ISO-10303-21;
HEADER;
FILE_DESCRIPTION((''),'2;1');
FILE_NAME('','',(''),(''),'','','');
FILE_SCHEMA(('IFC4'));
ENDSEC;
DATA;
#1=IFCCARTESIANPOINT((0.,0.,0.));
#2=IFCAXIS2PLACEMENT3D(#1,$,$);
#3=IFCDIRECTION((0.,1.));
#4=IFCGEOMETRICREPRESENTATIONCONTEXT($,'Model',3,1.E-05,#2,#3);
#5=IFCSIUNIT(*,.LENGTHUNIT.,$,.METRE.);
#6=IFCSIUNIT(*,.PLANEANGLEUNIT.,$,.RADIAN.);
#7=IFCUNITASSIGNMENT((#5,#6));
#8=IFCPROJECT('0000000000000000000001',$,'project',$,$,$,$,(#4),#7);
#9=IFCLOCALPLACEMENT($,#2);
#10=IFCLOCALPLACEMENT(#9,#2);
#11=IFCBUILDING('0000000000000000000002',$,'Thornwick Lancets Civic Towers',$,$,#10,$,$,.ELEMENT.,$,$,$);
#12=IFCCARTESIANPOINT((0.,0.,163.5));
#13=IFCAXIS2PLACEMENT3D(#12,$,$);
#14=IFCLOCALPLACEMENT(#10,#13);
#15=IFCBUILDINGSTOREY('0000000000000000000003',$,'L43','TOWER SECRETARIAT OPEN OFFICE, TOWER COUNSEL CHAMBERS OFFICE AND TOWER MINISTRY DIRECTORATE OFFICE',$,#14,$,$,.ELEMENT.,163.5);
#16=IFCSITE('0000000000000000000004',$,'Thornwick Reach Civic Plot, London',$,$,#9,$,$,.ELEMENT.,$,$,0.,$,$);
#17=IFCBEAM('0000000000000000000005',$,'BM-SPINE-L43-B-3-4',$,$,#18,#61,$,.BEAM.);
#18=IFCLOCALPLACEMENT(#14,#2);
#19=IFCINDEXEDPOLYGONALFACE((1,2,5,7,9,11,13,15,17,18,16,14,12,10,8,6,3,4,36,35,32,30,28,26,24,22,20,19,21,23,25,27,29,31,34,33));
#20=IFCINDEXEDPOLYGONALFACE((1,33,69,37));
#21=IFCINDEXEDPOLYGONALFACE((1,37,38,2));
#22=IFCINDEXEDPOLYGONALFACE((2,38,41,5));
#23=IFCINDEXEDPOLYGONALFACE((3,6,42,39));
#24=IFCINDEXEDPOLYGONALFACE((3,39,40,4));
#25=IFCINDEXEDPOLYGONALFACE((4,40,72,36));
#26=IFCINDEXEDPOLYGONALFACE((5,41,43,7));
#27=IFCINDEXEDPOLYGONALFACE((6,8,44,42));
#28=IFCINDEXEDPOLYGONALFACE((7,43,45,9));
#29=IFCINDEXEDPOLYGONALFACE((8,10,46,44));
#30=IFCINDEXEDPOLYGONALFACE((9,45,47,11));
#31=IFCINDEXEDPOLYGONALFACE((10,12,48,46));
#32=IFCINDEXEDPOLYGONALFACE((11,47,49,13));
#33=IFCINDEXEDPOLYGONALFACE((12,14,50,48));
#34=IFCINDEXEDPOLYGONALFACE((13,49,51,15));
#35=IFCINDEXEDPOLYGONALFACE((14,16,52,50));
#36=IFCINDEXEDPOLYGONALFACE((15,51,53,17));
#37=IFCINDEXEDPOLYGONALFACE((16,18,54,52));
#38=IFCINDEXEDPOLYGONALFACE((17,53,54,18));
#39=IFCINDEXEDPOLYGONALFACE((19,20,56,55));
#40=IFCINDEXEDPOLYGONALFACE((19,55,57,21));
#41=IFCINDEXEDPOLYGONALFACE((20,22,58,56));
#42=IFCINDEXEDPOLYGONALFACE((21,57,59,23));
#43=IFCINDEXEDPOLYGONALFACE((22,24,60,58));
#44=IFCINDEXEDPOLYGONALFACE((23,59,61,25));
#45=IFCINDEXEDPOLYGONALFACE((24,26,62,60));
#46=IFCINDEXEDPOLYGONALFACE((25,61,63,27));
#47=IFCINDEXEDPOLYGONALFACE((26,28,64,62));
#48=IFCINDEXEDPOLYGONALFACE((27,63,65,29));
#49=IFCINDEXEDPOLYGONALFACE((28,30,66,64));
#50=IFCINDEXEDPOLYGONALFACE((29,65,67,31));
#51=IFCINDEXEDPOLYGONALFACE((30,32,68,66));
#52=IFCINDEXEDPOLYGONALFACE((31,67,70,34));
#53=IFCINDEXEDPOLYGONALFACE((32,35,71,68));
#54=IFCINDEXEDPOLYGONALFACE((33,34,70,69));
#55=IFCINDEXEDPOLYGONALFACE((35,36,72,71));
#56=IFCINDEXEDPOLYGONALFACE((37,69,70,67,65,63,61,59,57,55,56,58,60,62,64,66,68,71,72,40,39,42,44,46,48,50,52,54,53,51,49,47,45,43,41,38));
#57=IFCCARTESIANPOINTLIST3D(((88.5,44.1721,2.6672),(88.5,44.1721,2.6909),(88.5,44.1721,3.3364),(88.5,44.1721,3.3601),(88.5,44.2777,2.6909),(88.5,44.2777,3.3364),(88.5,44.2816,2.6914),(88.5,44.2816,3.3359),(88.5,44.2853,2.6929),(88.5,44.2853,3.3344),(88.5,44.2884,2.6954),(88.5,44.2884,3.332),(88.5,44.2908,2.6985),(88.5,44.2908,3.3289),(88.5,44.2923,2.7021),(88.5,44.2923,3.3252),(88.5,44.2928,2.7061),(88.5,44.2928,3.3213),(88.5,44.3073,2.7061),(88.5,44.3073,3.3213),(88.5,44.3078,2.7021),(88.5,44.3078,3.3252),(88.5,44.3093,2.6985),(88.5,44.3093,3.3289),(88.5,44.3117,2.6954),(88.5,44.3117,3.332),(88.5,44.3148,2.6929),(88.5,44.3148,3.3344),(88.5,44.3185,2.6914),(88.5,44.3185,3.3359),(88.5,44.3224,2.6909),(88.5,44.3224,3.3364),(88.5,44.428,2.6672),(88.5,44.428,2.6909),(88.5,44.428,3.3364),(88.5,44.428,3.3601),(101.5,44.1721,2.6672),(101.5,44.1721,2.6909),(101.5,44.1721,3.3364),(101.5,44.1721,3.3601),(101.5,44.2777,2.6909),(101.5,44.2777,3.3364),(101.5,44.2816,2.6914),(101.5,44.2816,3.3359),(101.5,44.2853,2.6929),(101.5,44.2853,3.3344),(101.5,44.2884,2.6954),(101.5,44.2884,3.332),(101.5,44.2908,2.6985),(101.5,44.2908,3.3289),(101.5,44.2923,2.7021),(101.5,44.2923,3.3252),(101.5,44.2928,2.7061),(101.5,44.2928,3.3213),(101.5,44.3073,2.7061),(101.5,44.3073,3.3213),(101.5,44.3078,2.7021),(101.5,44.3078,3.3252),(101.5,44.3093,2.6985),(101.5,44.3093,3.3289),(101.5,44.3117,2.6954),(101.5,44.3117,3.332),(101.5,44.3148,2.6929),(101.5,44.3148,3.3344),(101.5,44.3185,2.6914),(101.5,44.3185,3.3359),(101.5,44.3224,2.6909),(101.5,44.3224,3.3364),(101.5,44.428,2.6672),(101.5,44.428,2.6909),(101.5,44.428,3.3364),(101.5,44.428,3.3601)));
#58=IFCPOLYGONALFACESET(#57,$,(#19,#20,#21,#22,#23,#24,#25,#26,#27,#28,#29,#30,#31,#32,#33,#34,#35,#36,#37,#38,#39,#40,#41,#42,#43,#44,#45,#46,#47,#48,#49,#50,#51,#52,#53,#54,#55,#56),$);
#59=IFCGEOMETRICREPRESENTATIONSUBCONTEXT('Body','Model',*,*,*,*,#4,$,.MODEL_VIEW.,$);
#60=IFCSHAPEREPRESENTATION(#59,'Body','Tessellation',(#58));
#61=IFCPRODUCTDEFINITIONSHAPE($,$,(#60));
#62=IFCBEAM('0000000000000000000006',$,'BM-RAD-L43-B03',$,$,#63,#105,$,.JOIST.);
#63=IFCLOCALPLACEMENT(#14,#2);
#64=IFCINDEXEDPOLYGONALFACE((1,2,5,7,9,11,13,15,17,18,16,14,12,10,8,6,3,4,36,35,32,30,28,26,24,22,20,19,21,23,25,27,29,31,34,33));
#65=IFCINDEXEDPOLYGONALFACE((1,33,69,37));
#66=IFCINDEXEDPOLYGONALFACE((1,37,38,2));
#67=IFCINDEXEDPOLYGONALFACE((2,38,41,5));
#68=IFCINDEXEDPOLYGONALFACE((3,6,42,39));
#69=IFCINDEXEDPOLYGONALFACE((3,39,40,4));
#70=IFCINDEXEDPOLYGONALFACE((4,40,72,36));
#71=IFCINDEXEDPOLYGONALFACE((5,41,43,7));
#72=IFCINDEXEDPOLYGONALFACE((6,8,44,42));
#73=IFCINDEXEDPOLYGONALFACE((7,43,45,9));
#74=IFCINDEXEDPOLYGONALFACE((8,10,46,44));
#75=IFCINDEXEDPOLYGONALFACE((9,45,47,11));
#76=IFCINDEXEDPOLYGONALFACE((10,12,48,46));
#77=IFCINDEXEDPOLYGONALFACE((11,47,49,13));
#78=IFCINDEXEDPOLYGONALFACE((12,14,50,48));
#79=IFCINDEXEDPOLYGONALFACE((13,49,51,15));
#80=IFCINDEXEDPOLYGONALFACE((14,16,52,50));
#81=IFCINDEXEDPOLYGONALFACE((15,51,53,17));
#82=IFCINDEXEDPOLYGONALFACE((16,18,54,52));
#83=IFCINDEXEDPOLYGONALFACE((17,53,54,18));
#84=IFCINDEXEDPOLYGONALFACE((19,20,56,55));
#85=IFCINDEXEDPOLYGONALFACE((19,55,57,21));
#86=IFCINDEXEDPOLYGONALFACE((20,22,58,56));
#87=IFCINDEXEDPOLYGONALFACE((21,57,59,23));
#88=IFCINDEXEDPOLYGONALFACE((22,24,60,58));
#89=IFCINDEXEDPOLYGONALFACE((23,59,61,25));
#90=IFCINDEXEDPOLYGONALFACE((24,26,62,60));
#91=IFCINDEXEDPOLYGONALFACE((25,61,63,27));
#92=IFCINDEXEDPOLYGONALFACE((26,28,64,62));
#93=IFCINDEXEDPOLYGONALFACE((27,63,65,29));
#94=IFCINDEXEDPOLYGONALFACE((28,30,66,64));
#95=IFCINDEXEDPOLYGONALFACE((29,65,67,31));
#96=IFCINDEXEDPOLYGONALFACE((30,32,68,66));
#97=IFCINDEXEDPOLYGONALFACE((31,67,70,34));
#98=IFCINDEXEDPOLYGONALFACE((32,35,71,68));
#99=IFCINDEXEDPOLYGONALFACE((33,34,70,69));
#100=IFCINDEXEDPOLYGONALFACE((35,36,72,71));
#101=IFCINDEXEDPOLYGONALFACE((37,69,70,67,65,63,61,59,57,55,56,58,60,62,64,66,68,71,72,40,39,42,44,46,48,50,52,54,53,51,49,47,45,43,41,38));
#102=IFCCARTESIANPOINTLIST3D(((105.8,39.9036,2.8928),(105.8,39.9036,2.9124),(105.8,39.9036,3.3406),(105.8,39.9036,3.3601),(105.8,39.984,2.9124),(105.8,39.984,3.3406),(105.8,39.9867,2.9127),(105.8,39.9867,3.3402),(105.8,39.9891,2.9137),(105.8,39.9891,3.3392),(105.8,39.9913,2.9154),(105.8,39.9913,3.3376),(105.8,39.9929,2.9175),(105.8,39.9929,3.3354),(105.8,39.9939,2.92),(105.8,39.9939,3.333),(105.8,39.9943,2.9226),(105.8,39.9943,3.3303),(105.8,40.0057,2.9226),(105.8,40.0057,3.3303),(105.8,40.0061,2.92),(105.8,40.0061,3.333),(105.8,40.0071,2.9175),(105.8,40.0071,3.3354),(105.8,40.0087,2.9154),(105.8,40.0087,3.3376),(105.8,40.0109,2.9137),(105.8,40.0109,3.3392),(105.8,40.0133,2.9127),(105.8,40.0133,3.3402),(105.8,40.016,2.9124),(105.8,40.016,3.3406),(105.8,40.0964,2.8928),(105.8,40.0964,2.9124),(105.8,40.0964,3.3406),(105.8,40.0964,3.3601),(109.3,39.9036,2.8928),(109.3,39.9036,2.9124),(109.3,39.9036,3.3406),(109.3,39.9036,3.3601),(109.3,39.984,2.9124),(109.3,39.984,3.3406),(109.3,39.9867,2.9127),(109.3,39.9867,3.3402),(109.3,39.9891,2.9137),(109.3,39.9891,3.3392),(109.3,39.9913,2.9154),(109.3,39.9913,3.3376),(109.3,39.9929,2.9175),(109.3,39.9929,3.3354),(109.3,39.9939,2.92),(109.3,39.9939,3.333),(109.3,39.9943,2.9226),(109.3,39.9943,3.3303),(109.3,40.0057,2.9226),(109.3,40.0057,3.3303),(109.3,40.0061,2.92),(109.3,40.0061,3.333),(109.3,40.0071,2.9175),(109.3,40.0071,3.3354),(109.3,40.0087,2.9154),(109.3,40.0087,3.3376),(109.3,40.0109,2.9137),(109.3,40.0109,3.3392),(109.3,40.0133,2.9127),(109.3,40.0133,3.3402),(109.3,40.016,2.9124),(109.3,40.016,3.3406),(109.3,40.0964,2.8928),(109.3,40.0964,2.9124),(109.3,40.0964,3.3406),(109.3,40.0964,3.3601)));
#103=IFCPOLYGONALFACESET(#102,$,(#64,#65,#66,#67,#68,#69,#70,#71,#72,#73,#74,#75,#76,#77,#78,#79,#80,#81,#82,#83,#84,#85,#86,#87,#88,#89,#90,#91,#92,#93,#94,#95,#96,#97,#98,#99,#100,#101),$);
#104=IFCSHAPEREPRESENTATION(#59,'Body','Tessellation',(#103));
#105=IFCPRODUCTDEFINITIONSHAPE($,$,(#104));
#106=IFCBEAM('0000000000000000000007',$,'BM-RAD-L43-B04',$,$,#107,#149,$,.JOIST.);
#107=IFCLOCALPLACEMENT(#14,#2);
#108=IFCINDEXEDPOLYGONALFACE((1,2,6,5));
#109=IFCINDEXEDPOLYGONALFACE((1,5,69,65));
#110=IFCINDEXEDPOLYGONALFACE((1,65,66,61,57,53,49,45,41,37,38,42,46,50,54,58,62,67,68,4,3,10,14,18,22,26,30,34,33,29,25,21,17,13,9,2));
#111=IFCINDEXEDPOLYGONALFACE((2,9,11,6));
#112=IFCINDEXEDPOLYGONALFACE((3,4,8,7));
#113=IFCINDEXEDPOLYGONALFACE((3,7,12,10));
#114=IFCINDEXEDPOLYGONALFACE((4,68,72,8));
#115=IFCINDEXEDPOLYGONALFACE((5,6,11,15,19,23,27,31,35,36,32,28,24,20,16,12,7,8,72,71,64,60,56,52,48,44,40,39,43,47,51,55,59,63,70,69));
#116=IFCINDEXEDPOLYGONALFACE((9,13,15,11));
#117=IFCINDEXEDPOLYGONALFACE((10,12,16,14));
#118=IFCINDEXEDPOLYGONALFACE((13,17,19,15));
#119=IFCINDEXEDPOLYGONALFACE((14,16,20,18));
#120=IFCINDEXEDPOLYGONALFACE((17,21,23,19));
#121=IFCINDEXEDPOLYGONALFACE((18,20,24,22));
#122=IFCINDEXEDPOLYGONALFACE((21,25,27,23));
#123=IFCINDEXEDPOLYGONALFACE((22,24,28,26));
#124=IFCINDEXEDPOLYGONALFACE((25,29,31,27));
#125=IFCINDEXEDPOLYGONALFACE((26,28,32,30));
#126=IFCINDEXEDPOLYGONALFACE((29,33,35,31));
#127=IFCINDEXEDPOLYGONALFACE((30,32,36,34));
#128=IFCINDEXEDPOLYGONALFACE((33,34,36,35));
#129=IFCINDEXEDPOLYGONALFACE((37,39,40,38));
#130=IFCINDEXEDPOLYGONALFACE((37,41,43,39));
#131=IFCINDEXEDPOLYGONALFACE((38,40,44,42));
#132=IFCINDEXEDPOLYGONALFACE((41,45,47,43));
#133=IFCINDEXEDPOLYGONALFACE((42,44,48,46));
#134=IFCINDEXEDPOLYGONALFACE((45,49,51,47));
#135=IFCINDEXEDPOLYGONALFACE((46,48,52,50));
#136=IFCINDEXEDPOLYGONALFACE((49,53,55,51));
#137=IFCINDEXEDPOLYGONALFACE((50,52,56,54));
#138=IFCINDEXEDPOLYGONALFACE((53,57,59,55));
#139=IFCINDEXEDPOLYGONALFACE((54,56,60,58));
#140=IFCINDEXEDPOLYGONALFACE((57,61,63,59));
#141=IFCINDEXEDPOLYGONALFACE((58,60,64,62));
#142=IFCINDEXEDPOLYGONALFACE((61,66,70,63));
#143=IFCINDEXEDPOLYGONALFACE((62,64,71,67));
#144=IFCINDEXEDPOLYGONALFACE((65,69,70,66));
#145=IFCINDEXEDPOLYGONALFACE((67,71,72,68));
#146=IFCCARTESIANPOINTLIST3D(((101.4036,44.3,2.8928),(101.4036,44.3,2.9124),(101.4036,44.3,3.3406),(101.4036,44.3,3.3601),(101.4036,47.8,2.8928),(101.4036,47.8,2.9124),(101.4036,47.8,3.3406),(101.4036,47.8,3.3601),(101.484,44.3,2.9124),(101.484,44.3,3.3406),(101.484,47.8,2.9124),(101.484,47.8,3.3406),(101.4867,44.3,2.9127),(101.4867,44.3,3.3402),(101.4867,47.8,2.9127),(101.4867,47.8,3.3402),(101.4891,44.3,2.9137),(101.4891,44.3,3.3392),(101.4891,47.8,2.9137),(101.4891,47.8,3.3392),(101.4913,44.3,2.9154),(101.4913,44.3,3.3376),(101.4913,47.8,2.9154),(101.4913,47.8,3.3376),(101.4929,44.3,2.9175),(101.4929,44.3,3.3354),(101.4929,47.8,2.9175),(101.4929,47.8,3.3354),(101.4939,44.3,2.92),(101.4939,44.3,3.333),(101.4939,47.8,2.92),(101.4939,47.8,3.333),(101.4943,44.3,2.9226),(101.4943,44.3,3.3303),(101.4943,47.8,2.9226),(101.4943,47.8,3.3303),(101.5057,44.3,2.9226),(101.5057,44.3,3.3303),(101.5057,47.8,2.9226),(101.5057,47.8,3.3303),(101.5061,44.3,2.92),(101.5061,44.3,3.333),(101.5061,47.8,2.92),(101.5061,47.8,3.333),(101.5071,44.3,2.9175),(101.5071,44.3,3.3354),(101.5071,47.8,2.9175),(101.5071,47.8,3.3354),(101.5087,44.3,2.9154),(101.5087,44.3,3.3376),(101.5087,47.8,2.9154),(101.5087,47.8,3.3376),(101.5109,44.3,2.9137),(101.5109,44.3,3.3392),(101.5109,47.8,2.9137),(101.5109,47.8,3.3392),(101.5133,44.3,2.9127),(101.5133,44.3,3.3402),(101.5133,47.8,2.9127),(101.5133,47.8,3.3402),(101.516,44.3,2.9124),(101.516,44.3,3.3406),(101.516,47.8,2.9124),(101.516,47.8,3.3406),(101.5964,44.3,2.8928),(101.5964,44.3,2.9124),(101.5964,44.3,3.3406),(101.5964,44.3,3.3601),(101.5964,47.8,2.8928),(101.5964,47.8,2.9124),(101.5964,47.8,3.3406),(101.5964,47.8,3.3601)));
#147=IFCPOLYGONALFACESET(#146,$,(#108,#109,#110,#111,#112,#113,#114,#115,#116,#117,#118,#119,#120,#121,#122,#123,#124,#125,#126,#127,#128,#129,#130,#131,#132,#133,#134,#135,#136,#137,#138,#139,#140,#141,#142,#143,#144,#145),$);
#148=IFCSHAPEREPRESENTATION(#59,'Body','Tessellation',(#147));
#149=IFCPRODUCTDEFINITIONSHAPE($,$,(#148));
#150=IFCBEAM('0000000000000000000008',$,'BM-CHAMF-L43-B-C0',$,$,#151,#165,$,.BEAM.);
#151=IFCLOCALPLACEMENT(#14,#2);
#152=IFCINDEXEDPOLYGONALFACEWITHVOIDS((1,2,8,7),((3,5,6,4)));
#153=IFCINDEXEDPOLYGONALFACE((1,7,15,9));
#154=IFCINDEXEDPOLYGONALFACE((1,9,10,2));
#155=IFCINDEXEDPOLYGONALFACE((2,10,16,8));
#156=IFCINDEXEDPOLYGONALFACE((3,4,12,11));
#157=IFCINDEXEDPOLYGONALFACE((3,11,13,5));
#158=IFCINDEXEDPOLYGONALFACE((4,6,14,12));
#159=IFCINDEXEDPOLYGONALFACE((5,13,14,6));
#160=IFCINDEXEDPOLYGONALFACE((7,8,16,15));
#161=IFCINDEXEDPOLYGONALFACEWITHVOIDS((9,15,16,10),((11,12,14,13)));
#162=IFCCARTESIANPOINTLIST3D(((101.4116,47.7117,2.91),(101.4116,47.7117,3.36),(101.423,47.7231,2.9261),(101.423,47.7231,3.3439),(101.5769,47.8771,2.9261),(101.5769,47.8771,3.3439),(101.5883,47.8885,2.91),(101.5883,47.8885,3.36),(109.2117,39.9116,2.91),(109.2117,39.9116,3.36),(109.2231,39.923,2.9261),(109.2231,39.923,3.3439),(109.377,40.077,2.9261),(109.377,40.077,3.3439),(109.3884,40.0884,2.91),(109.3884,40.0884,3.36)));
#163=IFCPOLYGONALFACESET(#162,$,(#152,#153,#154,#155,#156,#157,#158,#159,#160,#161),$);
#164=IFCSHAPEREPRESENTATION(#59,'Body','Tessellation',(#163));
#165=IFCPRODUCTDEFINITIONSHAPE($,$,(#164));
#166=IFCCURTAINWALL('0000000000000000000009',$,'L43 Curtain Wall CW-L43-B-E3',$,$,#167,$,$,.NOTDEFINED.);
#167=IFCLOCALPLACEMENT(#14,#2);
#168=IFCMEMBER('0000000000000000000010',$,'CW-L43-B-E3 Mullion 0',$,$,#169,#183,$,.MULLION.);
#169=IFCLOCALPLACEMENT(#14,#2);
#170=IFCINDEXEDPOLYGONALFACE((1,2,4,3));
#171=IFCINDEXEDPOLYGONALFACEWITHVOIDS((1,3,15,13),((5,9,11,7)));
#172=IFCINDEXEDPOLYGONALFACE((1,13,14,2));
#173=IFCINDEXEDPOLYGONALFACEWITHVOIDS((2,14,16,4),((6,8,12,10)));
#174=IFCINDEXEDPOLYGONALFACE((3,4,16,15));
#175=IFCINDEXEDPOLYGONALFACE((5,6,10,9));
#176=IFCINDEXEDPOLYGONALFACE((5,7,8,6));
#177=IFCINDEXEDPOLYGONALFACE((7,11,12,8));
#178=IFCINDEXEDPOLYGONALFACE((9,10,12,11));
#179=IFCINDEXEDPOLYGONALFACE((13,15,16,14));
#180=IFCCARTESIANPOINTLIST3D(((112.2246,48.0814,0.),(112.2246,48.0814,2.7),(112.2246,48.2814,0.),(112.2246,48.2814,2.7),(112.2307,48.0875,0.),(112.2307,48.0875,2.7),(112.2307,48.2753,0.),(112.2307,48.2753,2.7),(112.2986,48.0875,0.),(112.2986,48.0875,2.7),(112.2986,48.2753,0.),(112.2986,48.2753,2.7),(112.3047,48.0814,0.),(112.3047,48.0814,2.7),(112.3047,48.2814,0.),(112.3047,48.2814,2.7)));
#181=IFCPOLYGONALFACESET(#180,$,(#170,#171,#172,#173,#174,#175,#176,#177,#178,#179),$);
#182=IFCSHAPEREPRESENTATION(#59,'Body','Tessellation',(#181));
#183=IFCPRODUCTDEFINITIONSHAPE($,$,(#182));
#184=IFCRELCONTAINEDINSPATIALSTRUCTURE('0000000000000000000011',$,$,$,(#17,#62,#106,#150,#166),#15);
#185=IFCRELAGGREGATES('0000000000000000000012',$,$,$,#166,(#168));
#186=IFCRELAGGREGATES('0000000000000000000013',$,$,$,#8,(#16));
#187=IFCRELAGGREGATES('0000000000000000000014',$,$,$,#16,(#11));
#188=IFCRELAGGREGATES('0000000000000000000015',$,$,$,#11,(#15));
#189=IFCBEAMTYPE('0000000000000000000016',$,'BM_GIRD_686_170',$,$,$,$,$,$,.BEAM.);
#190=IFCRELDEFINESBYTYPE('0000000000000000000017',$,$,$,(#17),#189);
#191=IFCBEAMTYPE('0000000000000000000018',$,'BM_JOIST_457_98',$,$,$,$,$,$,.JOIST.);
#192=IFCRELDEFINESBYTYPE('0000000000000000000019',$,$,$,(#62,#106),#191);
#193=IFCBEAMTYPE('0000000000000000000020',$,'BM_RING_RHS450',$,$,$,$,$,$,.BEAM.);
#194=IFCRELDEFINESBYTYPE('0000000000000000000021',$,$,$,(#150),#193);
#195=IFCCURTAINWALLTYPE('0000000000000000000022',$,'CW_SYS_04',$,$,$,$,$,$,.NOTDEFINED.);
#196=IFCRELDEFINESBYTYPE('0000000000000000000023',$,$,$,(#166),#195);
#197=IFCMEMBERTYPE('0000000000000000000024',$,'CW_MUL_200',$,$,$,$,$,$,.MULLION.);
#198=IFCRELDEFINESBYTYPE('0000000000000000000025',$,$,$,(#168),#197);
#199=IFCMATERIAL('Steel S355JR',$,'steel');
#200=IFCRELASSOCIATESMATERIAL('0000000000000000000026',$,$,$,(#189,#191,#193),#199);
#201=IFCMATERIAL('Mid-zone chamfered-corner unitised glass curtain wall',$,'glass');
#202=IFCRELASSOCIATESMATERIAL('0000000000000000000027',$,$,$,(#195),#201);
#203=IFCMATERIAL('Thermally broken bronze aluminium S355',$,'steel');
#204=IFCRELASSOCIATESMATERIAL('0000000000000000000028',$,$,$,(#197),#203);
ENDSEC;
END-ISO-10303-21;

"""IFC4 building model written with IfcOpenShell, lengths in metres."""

from ifc_helpers import new_model, si_unit, direction, frame, origin, origin_2d, place, context, subcontext, project, spatial, hollow_rectangle, i_section, extrude, material, material_profile, profile_set, type_object, element, aggregate, save


model = new_model("IFC4")

# Units and contexts
model_context = context("Model", 3, precision=1e-05, world=origin(), true_north=direction((0.0, 1.0)))
body_context = subcontext(model_context, "Body", "Model", "MODEL_VIEW")
ifc_project = project(units=[si_unit("LENGTHUNIT", "METRE"), si_unit("PLANEANGLEUNIT", "RADIAN")], contexts=[model_context])

# Site, building, storey
site_placement = place(None, origin())
site = spatial("IfcSite", under=ifc_project, at=site_placement, Name="Thornwick Reach Civic Plot, London", CompositionType="ELEMENT", RefElevation=0.0)
building_placement = place(site_placement, origin())
building = spatial("IfcBuilding", under=site, at=building_placement, Name="Thornwick Lancets Civic Towers", CompositionType="ELEMENT")
storey_placement = place(building_placement, frame((0.0, 0.0, 163.5)))
storey = spatial("IfcBuildingStorey", under=building, at=storey_placement, Name="L43", Description="TOWER SECRETARIAT OPEN OFFICE, TOWER COUNSEL CHAMBERS OFFICE AND TOWER MINISTRY DIRECTORATE OFFICE", CompositionType="ELEMENT", Elevation=163.5)

# Beams
ifc_material_1 = material(Name="Steel S355JR", Category="steel")
ifc_material_profile_1 = material_profile(ifc_material_1, i_section(OverallWidth=0.2559, OverallDepth=0.6929, WebThickness=0.0144, FlangeThickness=0.0237, FilletRadius=0.0151, at=origin_2d()), Name="UKB 686x254x170")
ifc_profile_set_1 = profile_set([ifc_material_profile_1], Name="Steel S355JR")
beam_type_1 = type_object("IfcBeamType", Name="BM_GIRD_686_170", PredefinedType="BEAM", material=ifc_profile_set_1)
beam_1_placement = place(storey_placement, frame((101.5, 44.3, 3.0137), z_axis=(-1.0, 0.0, 0.0), x_axis=(0.0, -1.0, 0.0)))
element("IfcBeam", 1, at=beam_1_placement, inside=storey, type_object=beam_type_1, Name="BM-SPINE-L43-B-3-4", PredefinedType="BEAM", context=body_context, shape_type="SweptSolid", body=[
    extrude(i_section(OverallWidth=0.2559, OverallDepth=0.6929, WebThickness=0.0144, FlangeThickness=0.0237, FilletRadius=0.0151, at=origin_2d()), origin(), (0.0, 0.0, 1.0), 13.0),
])
ifc_material_profile_2 = material_profile(ifc_material_1, i_section(OverallWidth=0.1929, OverallDepth=0.4673, WebThickness=0.0115, FlangeThickness=0.0195, FilletRadius=0.0103, at=origin_2d()), Name="UKB 457x191x98")
ifc_profile_set_2 = profile_set([ifc_material_profile_2], Name="Steel S355JR")
beam_type_2 = type_object("IfcBeamType", Name="BM_JOIST_457_98", PredefinedType="JOIST", material=ifc_profile_set_2)
for number, where, z_axis, x_axis, name in (
    (2, (105.8, 40.0, 3.1265), (1.0, 0.0, 0.0), (0.0, 1.0, 0.0), "BM-RAD-L43-B03"),
    (3, (101.5, 44.3, 3.1265), (0.0, 1.0, 0.0), (-1.0, 0.0, 0.0), "BM-RAD-L43-B04"),
):
    element("IfcBeam", number, at=place(storey_placement, frame(where, z_axis=z_axis, x_axis=x_axis)), inside=storey, type_object=beam_type_2, Name=name, PredefinedType="JOIST", context=body_context, shape_type="SweptSolid", body=[
        extrude(i_section(OverallWidth=0.1929, OverallDepth=0.4673, WebThickness=0.0115, FlangeThickness=0.0195, FilletRadius=0.0103, at=origin_2d()), origin(), (0.0, 0.0, 1.0), 3.5),
    ])
ifc_material_profile_3 = material_profile(ifc_material_1, hollow_rectangle(XDim=0.25, YDim=0.45, WallThickness=0.0161, at=origin_2d()), Name="RHS 450x250x16")
ifc_profile_set_3 = profile_set([ifc_material_profile_3], Name="Steel S355JR")
beam_type_3 = type_object("IfcBeamType", Name="BM_RING_RHS450", PredefinedType="BEAM", material=ifc_profile_set_3)
beam_2_placement = place(storey_placement, frame((109.3, 40.0, 3.135), z_axis=(-0.707107, 0.707107, 0.0), x_axis=(-0.707107, -0.707107, 0.0)))
element("IfcBeam", 4, at=beam_2_placement, inside=storey, type_object=beam_type_3, Name="BM-CHAMF-L43-B-C0", PredefinedType="BEAM", context=body_context, shape_type="SweptSolid", body=[
    extrude(hollow_rectangle(XDim=0.25, YDim=0.45, WallThickness=0.0161, at=origin_2d()), origin(), (0.0, 0.0, 1.0), 11.031),
])

# Curtain wall, member
ifc_material_2 = material(Name="Mid-zone chamfered-corner unitised glass curtain wall", Category="glass")
curtain_wall_type = type_object("IfcCurtainWallType", Name="CW_SYS_04", PredefinedType="NOTDEFINED", material=ifc_material_2)
curtain_wall_placement = place(storey_placement, origin())
curtain_wall = element("IfcCurtainWall", 5, at=curtain_wall_placement, inside=storey, type_object=curtain_wall_type, Name="L43 Curtain Wall CW-L43-B-E3", PredefinedType="NOTDEFINED")
ifc_material_3 = material(Name="Thermally broken bronze aluminium S355", Category="steel")
ifc_material_profile_4 = material_profile(ifc_material_3, hollow_rectangle(XDim=0.0801, YDim=0.2, WallThickness=0.0061, at=origin_2d()), Name="RHS 200x80x6")
ifc_profile_set_4 = profile_set([ifc_material_profile_4], Name="Thermally broken bronze aluminium S355")
member_type_1 = type_object("IfcMemberType", Name="CW_MUL_200", PredefinedType="MULLION", material=ifc_profile_set_4)
member_1_placement = place(storey_placement, frame((112.2646, 48.1814, 0.0), z_axis=(0.0, 0.0, 1.0), x_axis=(1.0, 0.0, 0.0)))
member_1 = element("IfcMember", 6, at=member_1_placement, type_object=member_type_1, Name="CW-L43-B-E3 Mullion 0", PredefinedType="MULLION", context=body_context, shape_type="SweptSolid", body=[
    extrude(hollow_rectangle(XDim=0.0801, YDim=0.2, WallThickness=0.0061, at=origin_2d()), origin(), (0.0, 0.0, 1.0), 2.7),
])
aggregate(curtain_wall, [member_1])

save(model, "model.ifc")
